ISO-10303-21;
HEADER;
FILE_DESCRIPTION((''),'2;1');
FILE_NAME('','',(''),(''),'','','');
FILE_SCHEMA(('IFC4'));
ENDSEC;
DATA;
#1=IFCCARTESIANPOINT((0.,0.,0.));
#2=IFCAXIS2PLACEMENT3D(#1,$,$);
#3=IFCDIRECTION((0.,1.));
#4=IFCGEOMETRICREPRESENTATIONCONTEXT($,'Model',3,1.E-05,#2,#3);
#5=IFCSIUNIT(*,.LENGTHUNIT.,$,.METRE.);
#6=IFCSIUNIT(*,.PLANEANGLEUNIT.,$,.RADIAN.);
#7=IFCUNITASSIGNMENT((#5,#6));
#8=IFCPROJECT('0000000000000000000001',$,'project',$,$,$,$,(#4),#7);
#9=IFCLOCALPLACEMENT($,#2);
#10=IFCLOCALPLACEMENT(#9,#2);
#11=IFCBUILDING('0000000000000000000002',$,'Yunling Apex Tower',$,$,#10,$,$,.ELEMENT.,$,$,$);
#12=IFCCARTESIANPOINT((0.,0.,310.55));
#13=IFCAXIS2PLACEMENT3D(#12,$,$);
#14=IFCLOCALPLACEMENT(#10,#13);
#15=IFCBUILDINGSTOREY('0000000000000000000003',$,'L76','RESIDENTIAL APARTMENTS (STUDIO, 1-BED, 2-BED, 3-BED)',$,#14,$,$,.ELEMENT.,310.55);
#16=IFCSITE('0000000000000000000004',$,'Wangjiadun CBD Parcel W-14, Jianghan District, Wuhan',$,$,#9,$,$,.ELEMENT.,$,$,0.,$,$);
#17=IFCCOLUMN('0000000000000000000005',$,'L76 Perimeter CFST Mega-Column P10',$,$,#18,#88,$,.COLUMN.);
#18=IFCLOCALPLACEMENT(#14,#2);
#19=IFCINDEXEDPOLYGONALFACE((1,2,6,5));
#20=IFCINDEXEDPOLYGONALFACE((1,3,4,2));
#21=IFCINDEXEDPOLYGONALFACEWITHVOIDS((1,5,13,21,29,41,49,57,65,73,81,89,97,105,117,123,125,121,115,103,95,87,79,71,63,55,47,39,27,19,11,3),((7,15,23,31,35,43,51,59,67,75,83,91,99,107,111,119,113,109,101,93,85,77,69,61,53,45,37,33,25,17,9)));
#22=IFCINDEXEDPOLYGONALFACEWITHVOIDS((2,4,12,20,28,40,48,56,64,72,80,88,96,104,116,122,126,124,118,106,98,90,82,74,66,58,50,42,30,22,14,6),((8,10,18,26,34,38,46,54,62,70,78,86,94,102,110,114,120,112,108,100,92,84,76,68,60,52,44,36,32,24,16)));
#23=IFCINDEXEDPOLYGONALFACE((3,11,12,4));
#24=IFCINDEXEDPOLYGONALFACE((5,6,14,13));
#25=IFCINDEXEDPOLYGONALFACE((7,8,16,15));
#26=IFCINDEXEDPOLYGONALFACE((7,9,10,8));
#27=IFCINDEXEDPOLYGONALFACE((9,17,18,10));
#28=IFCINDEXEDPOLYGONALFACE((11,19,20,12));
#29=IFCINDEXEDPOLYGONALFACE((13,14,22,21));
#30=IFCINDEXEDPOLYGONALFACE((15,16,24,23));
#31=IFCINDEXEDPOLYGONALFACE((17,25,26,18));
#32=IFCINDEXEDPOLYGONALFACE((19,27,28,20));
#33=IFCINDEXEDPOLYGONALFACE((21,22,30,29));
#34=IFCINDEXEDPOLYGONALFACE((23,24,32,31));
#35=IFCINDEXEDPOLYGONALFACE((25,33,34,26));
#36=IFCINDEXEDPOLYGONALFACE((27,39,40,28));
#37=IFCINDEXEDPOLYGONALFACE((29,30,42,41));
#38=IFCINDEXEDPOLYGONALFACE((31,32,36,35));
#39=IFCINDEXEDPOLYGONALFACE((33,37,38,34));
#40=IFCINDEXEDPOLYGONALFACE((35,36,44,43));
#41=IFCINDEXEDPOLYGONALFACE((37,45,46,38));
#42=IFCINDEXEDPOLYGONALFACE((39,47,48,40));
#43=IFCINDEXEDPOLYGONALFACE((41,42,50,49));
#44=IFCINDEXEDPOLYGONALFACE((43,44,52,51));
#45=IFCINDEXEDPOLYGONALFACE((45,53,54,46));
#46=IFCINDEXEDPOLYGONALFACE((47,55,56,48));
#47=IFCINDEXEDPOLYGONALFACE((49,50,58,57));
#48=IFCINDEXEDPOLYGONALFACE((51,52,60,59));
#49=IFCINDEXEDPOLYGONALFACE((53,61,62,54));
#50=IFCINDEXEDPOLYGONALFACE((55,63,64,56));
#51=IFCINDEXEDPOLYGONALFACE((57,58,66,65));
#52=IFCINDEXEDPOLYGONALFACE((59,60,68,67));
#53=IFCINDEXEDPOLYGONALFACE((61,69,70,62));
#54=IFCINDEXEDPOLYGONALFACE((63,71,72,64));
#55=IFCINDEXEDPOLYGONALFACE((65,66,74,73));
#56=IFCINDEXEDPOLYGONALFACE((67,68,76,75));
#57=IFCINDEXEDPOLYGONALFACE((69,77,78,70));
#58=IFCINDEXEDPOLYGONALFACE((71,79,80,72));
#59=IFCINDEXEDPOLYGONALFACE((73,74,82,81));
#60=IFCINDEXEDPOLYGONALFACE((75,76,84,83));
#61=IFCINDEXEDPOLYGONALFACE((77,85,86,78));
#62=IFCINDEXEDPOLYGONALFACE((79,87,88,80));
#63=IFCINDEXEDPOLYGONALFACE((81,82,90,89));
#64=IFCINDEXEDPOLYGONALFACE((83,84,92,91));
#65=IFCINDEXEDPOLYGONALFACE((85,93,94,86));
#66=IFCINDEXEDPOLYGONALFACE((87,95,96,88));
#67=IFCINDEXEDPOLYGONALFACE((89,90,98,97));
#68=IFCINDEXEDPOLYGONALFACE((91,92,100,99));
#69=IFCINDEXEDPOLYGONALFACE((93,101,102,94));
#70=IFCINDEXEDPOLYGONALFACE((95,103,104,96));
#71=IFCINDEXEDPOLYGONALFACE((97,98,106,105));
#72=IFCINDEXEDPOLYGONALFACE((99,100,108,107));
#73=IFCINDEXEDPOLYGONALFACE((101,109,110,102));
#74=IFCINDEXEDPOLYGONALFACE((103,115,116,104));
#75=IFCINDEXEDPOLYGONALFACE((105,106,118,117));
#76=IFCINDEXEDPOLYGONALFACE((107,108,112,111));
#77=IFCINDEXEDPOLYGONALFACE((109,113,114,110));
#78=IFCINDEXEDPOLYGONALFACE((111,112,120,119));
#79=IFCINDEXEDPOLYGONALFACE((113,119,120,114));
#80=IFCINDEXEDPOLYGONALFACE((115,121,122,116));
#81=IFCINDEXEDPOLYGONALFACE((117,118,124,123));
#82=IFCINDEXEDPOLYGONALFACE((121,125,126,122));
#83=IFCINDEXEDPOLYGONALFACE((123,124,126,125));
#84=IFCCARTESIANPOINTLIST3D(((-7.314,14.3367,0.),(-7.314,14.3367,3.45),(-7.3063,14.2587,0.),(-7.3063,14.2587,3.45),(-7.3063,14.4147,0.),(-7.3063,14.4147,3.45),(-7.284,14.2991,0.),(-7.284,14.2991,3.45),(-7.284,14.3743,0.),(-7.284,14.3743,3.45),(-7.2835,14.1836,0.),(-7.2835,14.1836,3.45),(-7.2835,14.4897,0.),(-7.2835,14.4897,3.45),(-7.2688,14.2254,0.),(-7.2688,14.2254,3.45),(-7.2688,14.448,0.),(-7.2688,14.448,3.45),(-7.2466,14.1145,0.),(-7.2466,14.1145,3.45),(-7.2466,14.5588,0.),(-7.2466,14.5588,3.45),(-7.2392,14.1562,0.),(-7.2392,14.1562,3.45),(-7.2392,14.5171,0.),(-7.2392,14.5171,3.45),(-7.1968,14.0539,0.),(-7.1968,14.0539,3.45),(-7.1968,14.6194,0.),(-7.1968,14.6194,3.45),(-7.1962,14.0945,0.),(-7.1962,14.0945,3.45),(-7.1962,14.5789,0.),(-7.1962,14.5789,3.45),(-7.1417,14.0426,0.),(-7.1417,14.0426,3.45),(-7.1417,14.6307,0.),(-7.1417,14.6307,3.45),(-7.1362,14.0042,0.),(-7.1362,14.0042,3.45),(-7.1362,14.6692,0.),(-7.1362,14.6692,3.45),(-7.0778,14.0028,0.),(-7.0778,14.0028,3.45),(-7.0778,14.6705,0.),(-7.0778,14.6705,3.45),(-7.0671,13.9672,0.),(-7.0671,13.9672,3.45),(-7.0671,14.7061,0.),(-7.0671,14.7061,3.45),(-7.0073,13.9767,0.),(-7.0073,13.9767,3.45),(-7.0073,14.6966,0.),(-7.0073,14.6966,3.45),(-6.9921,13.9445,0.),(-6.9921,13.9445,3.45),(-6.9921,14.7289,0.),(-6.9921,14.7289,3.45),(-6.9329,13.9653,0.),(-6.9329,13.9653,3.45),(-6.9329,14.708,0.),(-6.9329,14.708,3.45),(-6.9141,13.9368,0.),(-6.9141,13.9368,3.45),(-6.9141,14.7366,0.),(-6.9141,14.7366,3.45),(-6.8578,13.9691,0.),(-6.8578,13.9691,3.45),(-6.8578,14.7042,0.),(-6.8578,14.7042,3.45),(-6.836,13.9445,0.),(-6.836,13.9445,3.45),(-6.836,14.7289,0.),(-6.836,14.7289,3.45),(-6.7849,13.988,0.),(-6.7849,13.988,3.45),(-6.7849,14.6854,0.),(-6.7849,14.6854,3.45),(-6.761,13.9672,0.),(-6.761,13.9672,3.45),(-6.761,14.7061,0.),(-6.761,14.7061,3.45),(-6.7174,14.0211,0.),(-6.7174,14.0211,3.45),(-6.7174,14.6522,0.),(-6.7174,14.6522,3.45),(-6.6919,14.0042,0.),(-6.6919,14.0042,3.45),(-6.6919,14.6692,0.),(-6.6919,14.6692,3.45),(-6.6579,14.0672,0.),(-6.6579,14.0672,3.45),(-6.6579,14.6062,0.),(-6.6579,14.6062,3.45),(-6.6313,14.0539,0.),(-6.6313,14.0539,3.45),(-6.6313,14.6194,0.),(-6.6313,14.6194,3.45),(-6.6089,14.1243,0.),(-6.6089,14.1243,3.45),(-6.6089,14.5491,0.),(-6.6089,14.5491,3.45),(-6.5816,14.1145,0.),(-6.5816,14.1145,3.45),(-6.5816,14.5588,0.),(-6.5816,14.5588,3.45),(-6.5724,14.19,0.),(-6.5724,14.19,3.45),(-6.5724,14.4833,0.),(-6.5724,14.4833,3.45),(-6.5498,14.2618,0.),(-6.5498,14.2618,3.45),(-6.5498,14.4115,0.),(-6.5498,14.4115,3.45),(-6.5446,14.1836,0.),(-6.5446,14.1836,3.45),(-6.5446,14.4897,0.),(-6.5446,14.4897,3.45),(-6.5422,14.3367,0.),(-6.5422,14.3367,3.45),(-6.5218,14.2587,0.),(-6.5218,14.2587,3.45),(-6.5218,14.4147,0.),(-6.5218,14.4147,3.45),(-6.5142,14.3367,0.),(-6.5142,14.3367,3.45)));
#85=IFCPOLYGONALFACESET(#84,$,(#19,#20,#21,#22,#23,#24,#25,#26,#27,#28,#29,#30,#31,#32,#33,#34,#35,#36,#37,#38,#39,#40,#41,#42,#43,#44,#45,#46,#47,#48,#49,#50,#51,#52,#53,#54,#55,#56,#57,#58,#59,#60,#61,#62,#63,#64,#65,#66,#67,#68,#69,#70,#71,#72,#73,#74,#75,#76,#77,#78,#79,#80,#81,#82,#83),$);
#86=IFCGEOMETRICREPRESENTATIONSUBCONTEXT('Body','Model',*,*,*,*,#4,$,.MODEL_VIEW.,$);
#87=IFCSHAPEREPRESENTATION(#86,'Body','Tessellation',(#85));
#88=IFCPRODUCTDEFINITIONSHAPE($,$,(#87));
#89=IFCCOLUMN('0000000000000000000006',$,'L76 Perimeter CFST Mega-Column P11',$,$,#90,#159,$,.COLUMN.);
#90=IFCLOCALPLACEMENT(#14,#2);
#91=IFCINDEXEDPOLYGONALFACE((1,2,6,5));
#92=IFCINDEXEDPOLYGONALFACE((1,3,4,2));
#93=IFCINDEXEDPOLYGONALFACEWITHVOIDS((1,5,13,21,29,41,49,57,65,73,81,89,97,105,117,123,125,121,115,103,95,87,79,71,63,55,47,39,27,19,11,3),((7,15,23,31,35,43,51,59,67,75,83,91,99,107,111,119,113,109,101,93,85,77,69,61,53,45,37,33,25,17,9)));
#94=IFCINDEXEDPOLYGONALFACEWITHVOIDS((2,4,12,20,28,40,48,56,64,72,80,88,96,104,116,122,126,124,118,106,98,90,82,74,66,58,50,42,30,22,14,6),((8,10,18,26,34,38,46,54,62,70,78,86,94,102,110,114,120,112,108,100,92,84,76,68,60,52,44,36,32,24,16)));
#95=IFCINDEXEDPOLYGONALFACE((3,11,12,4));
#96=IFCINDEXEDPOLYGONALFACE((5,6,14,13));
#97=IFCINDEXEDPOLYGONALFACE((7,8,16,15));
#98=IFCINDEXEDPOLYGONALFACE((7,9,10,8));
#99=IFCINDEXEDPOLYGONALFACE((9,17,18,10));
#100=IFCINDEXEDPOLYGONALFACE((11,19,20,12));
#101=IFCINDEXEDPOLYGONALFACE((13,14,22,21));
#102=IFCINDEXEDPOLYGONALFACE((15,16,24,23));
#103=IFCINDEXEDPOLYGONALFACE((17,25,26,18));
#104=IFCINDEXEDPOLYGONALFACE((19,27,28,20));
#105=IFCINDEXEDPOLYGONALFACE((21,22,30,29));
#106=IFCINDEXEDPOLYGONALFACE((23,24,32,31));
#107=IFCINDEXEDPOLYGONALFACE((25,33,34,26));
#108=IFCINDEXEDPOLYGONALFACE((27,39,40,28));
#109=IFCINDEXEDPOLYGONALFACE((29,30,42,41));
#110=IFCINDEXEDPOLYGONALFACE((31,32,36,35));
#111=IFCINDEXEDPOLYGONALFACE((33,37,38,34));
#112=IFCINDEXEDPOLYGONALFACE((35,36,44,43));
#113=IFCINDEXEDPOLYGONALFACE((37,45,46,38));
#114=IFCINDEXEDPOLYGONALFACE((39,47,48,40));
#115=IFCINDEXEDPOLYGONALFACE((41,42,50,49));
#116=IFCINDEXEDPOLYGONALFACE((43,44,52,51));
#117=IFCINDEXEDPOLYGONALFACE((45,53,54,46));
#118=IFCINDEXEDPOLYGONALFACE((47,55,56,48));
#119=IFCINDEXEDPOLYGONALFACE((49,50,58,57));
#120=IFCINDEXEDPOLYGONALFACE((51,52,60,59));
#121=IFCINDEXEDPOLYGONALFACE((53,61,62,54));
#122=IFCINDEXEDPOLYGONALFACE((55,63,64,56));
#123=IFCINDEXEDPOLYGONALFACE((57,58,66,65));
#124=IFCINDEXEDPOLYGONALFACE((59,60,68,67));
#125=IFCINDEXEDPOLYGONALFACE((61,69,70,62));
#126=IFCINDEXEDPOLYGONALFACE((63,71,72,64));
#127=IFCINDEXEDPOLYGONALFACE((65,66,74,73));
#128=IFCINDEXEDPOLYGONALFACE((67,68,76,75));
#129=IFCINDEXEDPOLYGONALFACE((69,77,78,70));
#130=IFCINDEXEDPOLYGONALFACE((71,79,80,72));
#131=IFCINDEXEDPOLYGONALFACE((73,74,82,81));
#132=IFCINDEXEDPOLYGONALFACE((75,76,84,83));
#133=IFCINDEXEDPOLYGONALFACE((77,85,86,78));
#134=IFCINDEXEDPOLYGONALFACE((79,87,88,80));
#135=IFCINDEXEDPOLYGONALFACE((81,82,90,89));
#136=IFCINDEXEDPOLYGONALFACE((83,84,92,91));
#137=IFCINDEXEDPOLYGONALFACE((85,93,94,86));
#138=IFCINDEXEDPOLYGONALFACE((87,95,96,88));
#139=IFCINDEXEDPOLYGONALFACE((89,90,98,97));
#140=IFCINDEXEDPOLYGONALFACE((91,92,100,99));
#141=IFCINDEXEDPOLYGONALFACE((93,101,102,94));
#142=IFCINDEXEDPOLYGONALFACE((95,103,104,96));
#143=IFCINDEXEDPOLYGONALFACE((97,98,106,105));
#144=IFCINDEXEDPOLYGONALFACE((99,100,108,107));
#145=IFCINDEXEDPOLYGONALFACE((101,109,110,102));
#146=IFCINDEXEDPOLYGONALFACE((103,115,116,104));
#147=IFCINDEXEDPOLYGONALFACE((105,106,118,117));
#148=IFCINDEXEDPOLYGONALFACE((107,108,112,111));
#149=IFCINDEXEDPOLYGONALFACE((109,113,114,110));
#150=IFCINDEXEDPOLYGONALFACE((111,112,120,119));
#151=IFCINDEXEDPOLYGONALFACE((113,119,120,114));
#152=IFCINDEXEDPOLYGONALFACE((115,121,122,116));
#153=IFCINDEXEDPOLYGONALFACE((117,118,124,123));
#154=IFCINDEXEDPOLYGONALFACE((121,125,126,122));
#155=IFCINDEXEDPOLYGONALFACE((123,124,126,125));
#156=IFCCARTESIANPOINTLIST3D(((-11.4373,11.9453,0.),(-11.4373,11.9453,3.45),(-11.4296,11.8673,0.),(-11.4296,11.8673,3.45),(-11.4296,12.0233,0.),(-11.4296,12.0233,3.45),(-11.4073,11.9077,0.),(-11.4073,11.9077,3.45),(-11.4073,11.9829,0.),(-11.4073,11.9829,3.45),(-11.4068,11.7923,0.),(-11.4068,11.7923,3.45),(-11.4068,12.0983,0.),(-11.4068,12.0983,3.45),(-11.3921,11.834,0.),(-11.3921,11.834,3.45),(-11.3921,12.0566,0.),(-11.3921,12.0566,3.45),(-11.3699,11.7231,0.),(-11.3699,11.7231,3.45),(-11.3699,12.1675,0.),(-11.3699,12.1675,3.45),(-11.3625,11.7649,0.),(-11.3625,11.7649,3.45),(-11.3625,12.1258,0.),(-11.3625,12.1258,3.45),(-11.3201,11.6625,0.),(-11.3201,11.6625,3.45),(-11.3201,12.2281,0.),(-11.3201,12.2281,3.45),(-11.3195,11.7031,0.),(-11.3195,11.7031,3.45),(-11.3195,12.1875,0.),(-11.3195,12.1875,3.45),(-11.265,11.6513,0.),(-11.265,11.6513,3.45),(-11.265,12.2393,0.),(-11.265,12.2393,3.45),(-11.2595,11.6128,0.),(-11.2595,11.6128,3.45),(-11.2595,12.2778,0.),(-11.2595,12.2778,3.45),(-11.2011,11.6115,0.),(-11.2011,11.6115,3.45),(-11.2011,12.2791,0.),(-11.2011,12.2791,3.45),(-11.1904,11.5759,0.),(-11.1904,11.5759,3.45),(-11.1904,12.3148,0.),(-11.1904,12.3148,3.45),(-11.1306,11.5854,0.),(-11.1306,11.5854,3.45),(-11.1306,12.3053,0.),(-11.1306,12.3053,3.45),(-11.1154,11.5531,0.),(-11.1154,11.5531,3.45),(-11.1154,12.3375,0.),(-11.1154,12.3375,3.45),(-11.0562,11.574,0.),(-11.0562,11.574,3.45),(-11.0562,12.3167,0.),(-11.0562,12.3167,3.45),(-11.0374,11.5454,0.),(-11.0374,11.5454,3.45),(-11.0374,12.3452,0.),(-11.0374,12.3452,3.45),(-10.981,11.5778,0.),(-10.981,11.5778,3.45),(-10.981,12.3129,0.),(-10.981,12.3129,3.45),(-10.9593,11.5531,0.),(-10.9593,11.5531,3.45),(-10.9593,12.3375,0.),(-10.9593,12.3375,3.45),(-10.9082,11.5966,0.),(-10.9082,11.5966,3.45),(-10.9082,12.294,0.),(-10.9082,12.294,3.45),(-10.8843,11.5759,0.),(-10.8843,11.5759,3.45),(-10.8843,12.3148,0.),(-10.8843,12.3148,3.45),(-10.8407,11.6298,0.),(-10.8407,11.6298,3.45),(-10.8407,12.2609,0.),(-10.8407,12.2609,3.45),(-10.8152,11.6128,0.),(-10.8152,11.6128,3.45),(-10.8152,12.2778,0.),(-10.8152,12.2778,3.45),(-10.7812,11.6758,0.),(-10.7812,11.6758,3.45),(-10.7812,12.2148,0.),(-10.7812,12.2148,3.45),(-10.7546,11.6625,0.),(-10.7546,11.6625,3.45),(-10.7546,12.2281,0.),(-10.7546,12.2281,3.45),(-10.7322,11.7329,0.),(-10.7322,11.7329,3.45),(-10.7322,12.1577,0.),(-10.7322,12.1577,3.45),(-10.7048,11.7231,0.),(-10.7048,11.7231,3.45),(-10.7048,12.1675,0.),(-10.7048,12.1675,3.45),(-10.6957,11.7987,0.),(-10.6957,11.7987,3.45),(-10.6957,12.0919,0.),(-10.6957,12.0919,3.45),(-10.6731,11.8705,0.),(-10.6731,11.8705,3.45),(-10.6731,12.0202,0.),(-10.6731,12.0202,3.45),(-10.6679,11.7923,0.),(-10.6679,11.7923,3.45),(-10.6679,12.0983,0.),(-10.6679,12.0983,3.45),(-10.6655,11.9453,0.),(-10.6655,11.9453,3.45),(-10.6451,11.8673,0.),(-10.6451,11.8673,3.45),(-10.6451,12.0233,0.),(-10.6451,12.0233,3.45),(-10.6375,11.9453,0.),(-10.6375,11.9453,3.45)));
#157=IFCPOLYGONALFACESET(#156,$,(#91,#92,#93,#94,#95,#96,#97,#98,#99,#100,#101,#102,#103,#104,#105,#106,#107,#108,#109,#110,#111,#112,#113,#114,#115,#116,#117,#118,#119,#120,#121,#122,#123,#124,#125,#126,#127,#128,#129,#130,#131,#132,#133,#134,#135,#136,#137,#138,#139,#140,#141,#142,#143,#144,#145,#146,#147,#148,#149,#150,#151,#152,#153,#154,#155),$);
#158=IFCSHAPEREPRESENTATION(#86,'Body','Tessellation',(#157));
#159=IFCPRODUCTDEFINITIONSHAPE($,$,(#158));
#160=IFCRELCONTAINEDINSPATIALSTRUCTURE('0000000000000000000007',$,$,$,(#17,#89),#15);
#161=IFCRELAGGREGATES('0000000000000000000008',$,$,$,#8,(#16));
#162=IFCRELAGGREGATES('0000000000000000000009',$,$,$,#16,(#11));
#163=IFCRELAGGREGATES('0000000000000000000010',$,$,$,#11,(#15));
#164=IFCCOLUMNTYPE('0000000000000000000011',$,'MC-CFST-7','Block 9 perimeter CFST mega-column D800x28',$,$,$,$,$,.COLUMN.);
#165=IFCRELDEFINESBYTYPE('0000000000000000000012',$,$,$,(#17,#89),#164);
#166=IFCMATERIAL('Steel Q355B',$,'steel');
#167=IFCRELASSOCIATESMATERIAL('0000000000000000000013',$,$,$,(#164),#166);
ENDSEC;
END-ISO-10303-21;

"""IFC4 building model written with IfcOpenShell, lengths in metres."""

from ifc_helpers import new_model, si_unit, direction, frame, origin, origin_2d, place, context, subcontext, project, spatial, hollow_circle, extrude, source, transform, mapped, material, material_profile, profile_set, type_object, element, save


model = new_model("IFC4")

# Units and contexts
model_context = context("Model", 3, precision=1e-05, world=origin(), true_north=direction((0.0, 1.0)))
body_context = subcontext(model_context, "Body", "Model", "MODEL_VIEW")
ifc_project = project(units=[si_unit("LENGTHUNIT", "METRE"), si_unit("PLANEANGLEUNIT", "RADIAN")], contexts=[model_context])

# Site, building, storey
site_placement = place(None, origin())
site = spatial("IfcSite", under=ifc_project, at=site_placement, Name="Wangjiadun CBD Parcel W-14, Jianghan District, Wuhan", CompositionType="ELEMENT", RefElevation=0.0)
building_placement = place(site_placement, origin())
building = spatial("IfcBuilding", under=site, at=building_placement, Name="Yunling Apex Tower", CompositionType="ELEMENT")
storey_placement = place(building_placement, frame((0.0, 0.0, 310.55)))
storey = spatial("IfcBuildingStorey", under=building, at=storey_placement, Name="L76", Description="RESIDENTIAL APARTMENTS (STUDIO, 1-BED, 2-BED, 3-BED)", CompositionType="ELEMENT", Elevation=310.55)

# Columns
ifc_material_1 = material(Name="Steel Q355B", Category="steel")
ifc_material_profile_1 = material_profile(ifc_material_1, hollow_circle(Radius=0.3999, WallThickness=0.0281, at=origin_2d()))
ifc_profile_set_1 = profile_set([ifc_material_profile_1], Name="Steel Q355B")
column_type = type_object("IfcColumnType", Name="MC-CFST-7", Description="Block 9 perimeter CFST mega-column D800x28", PredefinedType="COLUMN", material=ifc_profile_set_1)
shared_shape_1 = source(origin(), body_context, "Body", "SweptSolid", [
    extrude(hollow_circle(Radius=0.3999, WallThickness=0.0281, at=origin_2d()), origin(), (0.0, 0.0, 1.0), 3.45),
])
for number, where, z_axis, x_axis, name in (
    (1, (-6.9141, 14.3367, 0.0), (0.0, 0.0, 1.0), (1.0, 0.0, 0.0), "L76 Perimeter CFST Mega-Column P10"),
    (2, (-11.0374, 11.9453, 0.0), (0.0, 0.0, 1.0), (1.0, 0.0, 0.0), "L76 Perimeter CFST Mega-Column P11"),
):
    element("IfcColumn", number, at=place(storey_placement, frame(where, z_axis=z_axis, x_axis=x_axis)), inside=storey, type_object=column_type, Name=name, PredefinedType="COLUMN", context=body_context, shape_type="MappedRepresentation", body=[
        mapped(shared_shape_1, transform((0.0, 0.0, 0.0), scale=1.0)),
    ])

save(model, "model.ifc")
